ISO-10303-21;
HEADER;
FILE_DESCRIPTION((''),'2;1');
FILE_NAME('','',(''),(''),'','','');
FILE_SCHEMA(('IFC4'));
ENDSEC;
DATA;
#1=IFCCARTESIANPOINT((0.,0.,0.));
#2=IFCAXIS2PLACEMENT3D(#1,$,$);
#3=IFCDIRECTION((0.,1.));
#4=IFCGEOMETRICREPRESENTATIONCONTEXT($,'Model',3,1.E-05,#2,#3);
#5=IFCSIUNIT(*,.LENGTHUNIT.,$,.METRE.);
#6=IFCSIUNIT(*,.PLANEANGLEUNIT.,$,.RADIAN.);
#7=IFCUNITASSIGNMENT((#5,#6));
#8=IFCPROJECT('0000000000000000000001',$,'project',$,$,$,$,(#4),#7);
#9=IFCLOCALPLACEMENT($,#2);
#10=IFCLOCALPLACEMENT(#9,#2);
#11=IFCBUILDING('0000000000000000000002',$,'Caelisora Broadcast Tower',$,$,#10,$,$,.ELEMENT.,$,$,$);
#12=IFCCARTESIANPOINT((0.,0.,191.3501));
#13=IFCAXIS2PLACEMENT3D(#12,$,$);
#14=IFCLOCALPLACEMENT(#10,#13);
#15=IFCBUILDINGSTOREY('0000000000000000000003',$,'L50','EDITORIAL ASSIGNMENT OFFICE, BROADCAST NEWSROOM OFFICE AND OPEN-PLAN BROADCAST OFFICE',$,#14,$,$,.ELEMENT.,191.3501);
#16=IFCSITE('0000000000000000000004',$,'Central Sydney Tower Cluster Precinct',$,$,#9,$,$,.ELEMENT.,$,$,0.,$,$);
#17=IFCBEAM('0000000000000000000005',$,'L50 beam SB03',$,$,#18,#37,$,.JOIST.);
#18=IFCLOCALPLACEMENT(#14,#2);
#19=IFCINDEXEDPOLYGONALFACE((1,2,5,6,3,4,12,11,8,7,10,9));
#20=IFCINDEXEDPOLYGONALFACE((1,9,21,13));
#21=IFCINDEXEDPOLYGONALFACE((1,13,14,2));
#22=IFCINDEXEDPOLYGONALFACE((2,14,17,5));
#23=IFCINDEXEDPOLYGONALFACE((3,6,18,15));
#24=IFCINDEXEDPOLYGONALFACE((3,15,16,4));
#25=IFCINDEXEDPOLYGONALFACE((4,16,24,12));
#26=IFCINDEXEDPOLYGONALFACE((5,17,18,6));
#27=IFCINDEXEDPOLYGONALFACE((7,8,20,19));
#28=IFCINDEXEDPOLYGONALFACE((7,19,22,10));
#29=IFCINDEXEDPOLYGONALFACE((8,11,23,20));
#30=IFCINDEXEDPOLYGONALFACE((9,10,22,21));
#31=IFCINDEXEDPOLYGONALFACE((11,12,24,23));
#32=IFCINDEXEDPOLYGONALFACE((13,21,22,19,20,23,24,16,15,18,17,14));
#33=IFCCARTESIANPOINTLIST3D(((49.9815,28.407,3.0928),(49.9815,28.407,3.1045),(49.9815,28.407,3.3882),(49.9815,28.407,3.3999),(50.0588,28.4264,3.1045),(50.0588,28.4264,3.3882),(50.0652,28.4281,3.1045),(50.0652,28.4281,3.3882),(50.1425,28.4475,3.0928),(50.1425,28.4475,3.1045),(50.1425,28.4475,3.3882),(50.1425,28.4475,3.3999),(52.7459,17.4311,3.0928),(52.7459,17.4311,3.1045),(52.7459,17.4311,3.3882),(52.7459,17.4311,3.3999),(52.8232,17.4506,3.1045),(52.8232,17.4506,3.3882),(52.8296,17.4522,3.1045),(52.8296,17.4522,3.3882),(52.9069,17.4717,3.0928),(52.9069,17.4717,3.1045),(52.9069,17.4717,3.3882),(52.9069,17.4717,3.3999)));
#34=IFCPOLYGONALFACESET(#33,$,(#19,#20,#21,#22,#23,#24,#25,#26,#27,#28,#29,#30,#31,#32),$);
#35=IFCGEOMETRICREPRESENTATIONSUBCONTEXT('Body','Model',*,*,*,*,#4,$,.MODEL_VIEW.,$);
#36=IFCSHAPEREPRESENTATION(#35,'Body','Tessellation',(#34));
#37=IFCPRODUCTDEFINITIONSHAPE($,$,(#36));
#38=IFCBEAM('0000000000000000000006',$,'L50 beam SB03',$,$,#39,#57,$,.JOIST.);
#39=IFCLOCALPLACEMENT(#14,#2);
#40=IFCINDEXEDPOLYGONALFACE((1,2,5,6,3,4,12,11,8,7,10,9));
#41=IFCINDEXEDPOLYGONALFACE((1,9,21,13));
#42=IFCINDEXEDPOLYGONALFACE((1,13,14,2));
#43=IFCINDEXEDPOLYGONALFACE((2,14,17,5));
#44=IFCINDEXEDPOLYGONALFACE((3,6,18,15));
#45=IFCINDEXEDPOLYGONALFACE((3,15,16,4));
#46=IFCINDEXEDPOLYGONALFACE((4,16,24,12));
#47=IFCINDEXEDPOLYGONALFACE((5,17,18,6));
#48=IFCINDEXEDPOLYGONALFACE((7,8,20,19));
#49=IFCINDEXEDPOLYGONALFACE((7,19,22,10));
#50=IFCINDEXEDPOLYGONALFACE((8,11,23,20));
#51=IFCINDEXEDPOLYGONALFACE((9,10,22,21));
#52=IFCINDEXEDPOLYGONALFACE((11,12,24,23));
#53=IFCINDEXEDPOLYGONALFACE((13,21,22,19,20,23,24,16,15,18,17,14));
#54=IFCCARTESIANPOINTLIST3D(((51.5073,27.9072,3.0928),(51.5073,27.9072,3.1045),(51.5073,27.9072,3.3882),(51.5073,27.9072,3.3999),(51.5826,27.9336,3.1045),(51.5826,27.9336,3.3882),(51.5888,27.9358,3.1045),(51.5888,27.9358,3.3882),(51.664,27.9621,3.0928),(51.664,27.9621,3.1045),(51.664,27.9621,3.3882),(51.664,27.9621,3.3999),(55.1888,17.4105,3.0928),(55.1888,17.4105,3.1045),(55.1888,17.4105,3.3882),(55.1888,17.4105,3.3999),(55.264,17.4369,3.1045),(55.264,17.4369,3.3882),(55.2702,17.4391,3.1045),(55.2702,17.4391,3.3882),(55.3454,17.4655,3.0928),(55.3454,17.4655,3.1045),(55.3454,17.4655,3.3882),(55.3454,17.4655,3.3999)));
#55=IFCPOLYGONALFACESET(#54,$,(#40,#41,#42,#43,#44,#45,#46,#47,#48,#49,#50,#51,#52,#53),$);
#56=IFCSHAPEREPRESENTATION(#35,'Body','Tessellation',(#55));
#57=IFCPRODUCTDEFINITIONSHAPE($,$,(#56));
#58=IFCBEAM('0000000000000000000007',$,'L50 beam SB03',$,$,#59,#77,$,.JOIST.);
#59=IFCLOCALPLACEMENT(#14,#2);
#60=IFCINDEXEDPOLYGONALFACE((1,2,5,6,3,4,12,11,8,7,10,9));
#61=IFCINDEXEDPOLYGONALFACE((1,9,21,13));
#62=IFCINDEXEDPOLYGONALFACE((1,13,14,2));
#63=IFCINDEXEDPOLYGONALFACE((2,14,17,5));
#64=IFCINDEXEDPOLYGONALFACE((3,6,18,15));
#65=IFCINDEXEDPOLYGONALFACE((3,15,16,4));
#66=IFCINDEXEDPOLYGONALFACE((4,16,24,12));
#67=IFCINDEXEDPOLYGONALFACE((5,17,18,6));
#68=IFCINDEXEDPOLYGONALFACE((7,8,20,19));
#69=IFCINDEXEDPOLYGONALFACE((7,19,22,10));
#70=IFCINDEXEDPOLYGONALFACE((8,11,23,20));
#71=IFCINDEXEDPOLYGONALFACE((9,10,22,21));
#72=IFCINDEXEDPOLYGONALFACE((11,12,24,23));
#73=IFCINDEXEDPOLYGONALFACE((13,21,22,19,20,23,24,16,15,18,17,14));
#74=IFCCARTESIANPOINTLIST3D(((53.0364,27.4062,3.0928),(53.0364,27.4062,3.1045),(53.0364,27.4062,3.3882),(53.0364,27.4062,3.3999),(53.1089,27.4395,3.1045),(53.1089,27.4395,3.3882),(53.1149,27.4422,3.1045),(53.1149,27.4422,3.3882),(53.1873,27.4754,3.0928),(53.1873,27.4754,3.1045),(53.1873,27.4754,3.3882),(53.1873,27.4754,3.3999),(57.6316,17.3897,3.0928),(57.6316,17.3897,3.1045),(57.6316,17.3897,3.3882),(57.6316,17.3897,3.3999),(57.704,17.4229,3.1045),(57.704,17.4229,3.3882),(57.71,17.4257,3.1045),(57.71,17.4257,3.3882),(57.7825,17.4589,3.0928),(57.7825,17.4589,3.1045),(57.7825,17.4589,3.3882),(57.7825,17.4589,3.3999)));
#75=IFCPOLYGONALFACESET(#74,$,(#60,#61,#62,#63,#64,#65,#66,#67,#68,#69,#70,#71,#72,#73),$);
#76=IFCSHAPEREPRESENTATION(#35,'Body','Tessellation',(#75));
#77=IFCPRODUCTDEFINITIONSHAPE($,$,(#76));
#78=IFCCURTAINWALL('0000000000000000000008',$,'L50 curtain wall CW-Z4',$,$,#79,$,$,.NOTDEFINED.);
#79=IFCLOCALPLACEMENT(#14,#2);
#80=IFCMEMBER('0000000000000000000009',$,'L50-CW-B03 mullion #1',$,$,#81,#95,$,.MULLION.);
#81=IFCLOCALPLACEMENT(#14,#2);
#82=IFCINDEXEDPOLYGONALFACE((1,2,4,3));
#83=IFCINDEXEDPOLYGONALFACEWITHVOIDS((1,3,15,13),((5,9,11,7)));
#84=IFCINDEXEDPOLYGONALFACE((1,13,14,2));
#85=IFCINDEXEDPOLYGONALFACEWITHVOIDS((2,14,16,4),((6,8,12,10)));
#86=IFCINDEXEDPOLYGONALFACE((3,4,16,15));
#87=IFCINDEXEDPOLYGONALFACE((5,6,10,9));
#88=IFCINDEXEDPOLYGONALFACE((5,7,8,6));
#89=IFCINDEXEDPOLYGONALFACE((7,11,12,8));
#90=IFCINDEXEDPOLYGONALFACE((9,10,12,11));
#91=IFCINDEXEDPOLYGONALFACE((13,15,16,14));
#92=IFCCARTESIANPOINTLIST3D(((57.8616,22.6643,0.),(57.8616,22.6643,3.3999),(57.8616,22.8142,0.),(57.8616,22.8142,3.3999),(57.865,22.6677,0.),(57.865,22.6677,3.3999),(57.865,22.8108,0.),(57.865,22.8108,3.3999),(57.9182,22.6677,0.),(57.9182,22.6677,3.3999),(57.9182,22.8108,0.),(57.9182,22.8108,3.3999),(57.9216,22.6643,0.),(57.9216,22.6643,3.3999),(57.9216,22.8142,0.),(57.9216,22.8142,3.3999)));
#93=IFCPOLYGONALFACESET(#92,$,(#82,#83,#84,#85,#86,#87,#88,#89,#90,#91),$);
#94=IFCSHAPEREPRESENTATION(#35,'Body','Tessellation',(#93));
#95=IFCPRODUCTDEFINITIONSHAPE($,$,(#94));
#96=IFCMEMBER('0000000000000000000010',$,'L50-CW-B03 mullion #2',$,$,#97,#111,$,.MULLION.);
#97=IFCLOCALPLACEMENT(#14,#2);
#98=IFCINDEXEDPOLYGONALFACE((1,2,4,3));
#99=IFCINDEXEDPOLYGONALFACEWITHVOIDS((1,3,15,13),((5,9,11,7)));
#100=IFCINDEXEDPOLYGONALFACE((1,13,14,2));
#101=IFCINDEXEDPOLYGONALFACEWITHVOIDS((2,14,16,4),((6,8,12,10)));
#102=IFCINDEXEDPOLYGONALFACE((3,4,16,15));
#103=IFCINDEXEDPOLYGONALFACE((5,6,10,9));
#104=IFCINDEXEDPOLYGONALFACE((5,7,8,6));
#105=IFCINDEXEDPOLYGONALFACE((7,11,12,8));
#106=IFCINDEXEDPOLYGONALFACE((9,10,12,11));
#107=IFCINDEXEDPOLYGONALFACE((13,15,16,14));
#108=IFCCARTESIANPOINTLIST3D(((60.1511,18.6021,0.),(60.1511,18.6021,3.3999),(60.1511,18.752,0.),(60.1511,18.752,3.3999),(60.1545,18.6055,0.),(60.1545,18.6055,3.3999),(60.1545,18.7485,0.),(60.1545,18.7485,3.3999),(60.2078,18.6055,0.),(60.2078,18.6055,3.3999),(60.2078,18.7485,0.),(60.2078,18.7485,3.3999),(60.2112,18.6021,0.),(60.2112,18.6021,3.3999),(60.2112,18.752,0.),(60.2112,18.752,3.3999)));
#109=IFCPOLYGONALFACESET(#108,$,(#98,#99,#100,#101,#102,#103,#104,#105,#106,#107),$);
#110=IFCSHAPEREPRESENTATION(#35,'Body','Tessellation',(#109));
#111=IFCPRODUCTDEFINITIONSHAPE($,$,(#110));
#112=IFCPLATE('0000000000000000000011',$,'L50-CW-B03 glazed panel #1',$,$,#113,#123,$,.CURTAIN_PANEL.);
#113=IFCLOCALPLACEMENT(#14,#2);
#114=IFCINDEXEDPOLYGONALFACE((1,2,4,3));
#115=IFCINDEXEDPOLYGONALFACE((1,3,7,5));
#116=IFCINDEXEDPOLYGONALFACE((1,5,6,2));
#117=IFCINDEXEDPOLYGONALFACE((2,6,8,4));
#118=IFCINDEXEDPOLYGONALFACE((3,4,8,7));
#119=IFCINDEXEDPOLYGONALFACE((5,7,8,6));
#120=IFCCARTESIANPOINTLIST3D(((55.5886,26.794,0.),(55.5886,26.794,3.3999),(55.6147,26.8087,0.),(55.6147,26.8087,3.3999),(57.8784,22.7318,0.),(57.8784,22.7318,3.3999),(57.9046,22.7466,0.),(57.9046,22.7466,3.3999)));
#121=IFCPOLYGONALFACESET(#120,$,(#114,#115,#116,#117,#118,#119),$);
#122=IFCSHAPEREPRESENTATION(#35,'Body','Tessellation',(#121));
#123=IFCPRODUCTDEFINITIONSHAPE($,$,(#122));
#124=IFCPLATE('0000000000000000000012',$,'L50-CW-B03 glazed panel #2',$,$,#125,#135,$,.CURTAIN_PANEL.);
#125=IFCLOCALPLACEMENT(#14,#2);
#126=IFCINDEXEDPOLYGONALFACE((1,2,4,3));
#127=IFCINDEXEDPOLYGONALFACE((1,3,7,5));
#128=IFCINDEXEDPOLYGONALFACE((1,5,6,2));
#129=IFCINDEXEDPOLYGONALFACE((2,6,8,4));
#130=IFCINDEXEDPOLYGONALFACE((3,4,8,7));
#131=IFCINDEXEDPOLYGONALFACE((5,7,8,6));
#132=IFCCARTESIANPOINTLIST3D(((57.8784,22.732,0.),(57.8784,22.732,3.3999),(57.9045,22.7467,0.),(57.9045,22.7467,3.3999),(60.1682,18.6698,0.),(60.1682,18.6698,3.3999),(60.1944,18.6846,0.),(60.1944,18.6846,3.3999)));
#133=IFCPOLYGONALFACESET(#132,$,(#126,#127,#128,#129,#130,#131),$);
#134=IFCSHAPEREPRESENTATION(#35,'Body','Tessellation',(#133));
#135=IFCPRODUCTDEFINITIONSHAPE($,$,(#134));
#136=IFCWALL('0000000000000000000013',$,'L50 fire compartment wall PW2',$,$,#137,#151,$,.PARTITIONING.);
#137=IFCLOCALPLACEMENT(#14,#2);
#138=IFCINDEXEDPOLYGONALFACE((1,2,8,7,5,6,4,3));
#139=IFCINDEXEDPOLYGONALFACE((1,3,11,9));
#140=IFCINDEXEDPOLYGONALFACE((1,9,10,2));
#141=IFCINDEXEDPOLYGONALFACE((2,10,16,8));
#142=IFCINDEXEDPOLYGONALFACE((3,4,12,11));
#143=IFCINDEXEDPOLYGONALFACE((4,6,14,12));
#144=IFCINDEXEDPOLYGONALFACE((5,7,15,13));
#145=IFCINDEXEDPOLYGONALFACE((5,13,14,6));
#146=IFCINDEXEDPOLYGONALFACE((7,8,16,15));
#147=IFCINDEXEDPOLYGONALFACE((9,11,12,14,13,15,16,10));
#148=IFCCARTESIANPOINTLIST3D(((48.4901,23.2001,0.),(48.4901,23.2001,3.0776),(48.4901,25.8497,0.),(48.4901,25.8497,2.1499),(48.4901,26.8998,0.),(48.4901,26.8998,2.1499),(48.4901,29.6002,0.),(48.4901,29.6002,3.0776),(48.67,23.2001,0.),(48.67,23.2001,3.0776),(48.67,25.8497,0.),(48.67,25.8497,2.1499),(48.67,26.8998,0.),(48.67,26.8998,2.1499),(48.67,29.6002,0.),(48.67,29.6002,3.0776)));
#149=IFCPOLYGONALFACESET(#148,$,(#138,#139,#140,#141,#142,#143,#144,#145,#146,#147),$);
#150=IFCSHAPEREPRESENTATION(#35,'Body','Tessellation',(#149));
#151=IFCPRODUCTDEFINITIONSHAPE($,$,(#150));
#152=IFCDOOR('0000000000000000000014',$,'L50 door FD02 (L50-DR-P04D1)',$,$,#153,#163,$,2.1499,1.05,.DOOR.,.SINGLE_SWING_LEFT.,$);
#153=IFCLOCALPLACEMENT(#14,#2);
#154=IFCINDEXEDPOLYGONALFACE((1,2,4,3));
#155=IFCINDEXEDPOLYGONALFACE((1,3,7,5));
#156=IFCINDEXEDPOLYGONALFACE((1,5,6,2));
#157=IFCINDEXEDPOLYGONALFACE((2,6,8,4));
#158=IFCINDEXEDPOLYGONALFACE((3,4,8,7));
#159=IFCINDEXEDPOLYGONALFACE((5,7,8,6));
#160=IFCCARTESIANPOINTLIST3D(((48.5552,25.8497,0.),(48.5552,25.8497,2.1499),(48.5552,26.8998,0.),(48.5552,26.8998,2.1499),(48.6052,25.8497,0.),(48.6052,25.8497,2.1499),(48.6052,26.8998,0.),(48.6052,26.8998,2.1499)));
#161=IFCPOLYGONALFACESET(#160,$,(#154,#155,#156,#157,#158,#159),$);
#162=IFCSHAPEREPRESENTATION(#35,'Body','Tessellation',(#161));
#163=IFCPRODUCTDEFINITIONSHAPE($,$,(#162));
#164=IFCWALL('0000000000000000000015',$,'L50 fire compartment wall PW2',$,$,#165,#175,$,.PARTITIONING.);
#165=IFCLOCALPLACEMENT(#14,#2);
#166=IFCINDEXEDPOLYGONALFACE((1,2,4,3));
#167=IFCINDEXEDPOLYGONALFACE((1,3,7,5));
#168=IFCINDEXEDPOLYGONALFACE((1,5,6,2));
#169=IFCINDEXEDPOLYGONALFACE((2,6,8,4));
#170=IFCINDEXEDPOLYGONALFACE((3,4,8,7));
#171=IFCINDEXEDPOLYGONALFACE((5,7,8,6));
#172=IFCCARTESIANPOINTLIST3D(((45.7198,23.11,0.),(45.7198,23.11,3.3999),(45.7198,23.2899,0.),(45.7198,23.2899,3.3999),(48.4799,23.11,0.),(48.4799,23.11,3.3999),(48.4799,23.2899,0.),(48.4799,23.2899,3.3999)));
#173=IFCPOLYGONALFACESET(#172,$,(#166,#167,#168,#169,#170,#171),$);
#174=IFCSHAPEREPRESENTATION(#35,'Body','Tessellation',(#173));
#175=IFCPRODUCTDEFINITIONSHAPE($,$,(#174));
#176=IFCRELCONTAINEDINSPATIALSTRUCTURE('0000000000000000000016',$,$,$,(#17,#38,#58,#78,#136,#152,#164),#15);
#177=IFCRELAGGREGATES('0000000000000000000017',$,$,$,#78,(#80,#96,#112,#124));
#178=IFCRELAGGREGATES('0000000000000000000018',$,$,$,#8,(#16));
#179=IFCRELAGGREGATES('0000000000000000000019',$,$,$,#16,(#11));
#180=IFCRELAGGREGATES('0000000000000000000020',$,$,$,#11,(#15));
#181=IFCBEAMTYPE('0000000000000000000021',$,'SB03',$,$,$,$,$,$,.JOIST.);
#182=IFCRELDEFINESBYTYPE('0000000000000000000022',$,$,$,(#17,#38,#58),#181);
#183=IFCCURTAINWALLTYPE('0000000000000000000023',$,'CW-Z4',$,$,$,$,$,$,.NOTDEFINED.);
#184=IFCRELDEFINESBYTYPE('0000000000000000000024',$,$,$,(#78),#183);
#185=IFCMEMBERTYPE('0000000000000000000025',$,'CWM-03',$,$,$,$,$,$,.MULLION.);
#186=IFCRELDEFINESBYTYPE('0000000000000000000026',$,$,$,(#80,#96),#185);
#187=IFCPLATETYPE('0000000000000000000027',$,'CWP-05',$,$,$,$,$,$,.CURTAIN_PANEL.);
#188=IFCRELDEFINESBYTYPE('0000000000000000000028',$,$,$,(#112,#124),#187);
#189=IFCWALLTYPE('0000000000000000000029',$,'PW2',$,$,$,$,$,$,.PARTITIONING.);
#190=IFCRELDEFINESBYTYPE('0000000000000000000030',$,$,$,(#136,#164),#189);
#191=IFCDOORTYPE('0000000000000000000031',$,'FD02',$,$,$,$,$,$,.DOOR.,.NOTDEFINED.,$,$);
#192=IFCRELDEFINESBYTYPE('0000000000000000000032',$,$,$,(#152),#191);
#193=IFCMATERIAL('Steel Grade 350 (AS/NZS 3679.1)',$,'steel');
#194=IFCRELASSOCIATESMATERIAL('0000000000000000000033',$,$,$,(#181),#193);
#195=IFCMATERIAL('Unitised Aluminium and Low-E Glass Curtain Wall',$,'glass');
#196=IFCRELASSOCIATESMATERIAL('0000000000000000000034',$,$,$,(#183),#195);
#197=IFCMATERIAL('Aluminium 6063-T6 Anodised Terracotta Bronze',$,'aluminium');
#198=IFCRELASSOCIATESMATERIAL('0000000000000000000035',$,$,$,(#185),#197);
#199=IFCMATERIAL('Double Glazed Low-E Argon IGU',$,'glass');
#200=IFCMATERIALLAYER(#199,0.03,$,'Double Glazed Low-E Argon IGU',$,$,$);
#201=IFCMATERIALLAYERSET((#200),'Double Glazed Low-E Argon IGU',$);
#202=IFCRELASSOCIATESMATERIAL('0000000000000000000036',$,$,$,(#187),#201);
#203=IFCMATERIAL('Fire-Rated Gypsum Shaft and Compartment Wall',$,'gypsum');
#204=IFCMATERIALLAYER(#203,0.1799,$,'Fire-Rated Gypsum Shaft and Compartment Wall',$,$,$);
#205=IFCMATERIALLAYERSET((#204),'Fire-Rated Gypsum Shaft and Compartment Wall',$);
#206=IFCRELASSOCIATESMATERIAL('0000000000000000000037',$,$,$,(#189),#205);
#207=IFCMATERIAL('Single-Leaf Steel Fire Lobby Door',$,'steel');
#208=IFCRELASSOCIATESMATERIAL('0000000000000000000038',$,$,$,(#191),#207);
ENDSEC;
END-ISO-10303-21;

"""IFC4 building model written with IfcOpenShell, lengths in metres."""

from ifc_helpers import new_model, si_unit, direction, frame, frame_2d, origin, origin_2d, place, context, subcontext, project, spatial, rectangle, hollow_rectangle, i_section, extrude, source, transform, mapped, material, layer, layer_set, material_profile, profile_set, type_object, type_shapes, element, fill, aggregate, save


model = new_model("IFC4")

# Units and contexts
model_context = context("Model", 3, precision=1e-05, world=origin(), true_north=direction((0.0, 1.0)))
body_context = subcontext(model_context, "Body", "Model", "MODEL_VIEW")
ifc_project = project(units=[si_unit("LENGTHUNIT", "METRE"), si_unit("PLANEANGLEUNIT", "RADIAN")], contexts=[model_context])

# Site, building, storey
site_placement = place(None, origin())
site = spatial("IfcSite", under=ifc_project, at=site_placement, Name="Central Sydney Tower Cluster Precinct", CompositionType="ELEMENT", RefElevation=0.0)
building_placement = place(site_placement, origin())
building = spatial("IfcBuilding", under=site, at=building_placement, Name="Caelisora Broadcast Tower", CompositionType="ELEMENT")
storey_placement = place(building_placement, frame((0.0, 0.0, 191.3501)))
storey = spatial("IfcBuildingStorey", under=building, at=storey_placement, Name="L50", Description="EDITORIAL ASSIGNMENT OFFICE, BROADCAST NEWSROOM OFFICE AND OPEN-PLAN BROADCAST OFFICE", CompositionType="ELEMENT", Elevation=191.3501)

# Beams
ifc_material_1 = material(Name="Steel Grade 350 (AS/NZS 3679.1)", Category="steel")
ifc_material_profile_1 = material_profile(ifc_material_1, i_section(OverallWidth=0.166, OverallDepth=0.3071, WebThickness=0.0066, FlangeThickness=0.0117, at=origin_2d()), Name="Steel Grade 350 (AS/NZS 3679.1)")
ifc_profile_set_1 = profile_set([ifc_material_profile_1], Name="Steel Grade 350 (AS/NZS 3679.1)")
beam_type_1 = type_object("IfcBeamType", Name="SB03", PredefinedType="JOIST", material=ifc_profile_set_1)
shared_shape_1 = source(origin(), body_context, "Body", "SweptSolid", [
    extrude(i_section(OverallWidth=0.166, OverallDepth=0.3071, WebThickness=0.0066, FlangeThickness=0.0117, at=origin_2d()), origin(), (0.0, 0.0, 1.0), 11.3186),
])
beam_1_placement = place(storey_placement, frame((52.8264, 17.4514, 3.2463), z_axis=(-0.244235, 0.969716, 0.0), x_axis=(-0.969716, -0.244235, 0.0)))
element("IfcBeam", 1, at=beam_1_placement, inside=storey, type_object=beam_type_1, Name="L50 beam SB03", PredefinedType="JOIST", context=body_context, shape_type="MappedRepresentation", body=[
    mapped(shared_shape_1, transform((0.0, 0.0, 0.0), scale=1.0)),
])
shared_shape_2 = source(origin(), body_context, "Body", "SweptSolid", [
    extrude(i_section(OverallWidth=0.166, OverallDepth=0.3071, WebThickness=0.0066, FlangeThickness=0.0117, at=origin_2d()), origin(), (0.0, 0.0, 1.0), 11.1235),
])
beam_2_placement = place(storey_placement, frame((55.2671, 17.438, 3.2463), z_axis=(-0.330958, 0.943645, 0.0), x_axis=(-0.943645, -0.330958, 0.0)))
element("IfcBeam", 2, at=beam_2_placement, inside=storey, type_object=beam_type_1, Name="L50 beam SB03", PredefinedType="JOIST", context=body_context, shape_type="MappedRepresentation", body=[
    mapped(shared_shape_2, transform((0.0, 0.0, 0.0), scale=1.0)),
])
shared_shape_3 = source(origin(), body_context, "Body", "SweptSolid", [
    extrude(i_section(OverallWidth=0.166, OverallDepth=0.3071, WebThickness=0.0066, FlangeThickness=0.0117, at=origin_2d()), origin(), (0.0, 0.0, 1.0), 11.0203),
])
beam_3_placement = place(storey_placement, frame((57.707, 17.4243, 3.2463), z_axis=(-0.416975, 0.908918, 0.0), x_axis=(-0.908918, -0.416975, 0.0)))
element("IfcBeam", 3, at=beam_3_placement, inside=storey, type_object=beam_type_1, Name="L50 beam SB03", PredefinedType="JOIST", context=body_context, shape_type="MappedRepresentation", body=[
    mapped(shared_shape_3, transform((0.0, 0.0, 0.0), scale=1.0)),
])

# Curtain wall, members, plates
ifc_material_2 = material(Name="Unitised Aluminium and Low-E Glass Curtain Wall", Category="glass")
curtain_wall_type = type_object("IfcCurtainWallType", Name="CW-Z4", PredefinedType="NOTDEFINED", material=ifc_material_2)
curtain_wall_placement = place(storey_placement, origin())
curtain_wall = element("IfcCurtainWall", 4, at=curtain_wall_placement, inside=storey, type_object=curtain_wall_type, Name="L50 curtain wall CW-Z4", PredefinedType="NOTDEFINED")
ifc_material_3 = material(Name="Aluminium 6063-T6 Anodised Terracotta Bronze", Category="aluminium")
ifc_material_profile_2 = material_profile(ifc_material_3, hollow_rectangle(XDim=0.0601, YDim=0.1499, WallThickness=0.0034, at=origin_2d()), Name="Aluminium 6063-T6 Anodised Terracotta Bronze")
ifc_profile_set_2 = profile_set([ifc_material_profile_2], Name="Aluminium 6063-T6 Anodised Terracotta Bronze")
member_type = type_object("IfcMemberType", Name="CWM-03", PredefinedType="MULLION", material=ifc_profile_set_2)
shared_shape_4 = source(origin(), body_context, "Body", "SweptSolid", [
    extrude(hollow_rectangle(XDim=0.0601, YDim=0.1499, WallThickness=0.0034, at=origin_2d()), origin(), (0.0, 0.0, 1.0), 3.3999),
])
type_shapes(member_type, [shared_shape_4])
member_1_placement = place(storey_placement, frame((57.8916, 22.7393, 0.0), z_axis=(0.0, 0.0, 1.0), x_axis=(1.0, 0.0, 0.0)))
member_1 = element("IfcMember", 5, at=member_1_placement, type_object=member_type, Name="L50-CW-B03 mullion #1", PredefinedType="MULLION", context=body_context, shape_type="MappedRepresentation", body=[
    mapped(shared_shape_4, transform((0.0, 0.0, 0.0), scale=1.0)),
])
member_2_placement = place(storey_placement, frame((60.1812, 18.677, 0.0), z_axis=(0.0, 0.0, 1.0), x_axis=(1.0, 0.0, 0.0)))
member_2 = element("IfcMember", 6, at=member_2_placement, type_object=member_type, Name="L50-CW-B03 mullion #2", PredefinedType="MULLION", context=body_context, shape_type="MappedRepresentation", body=[
    mapped(shared_shape_4, transform((0.0, 0.0, 0.0), scale=1.0)),
])
ifc_material_4 = material(Name="Double Glazed Low-E Argon IGU", Category="glass")
ifc_layer_1 = layer(ifc_material_4, 0.03, Name="Double Glazed Low-E Argon IGU")
ifc_layer_set_1 = layer_set([ifc_layer_1], Name="Double Glazed Low-E Argon IGU")
plate_type = type_object("IfcPlateType", Name="CWP-05", PredefinedType="CURTAIN_PANEL", material=ifc_layer_set_1)
shared_shape_5 = source(origin(), body_context, "Body", "SweptSolid", [
    extrude(rectangle(XDim=4.6631, YDim=0.03, at=origin_2d()), origin(), (0.0, 0.0, 1.0), 3.3999),
])
type_shapes(plate_type, [shared_shape_5])
plate_1_placement = place(storey_placement, frame((56.7466, 24.7703, 0.0), z_axis=(0.0, 0.0, 1.0), x_axis=(0.491056, -0.871128, 0.0)))
plate_1 = element("IfcPlate", 7, at=plate_1_placement, type_object=plate_type, Name="L50-CW-B03 glazed panel #1", PredefinedType="CURTAIN_PANEL", context=body_context, shape_type="MappedRepresentation", body=[
    mapped(shared_shape_5, transform((0.0, 0.0, 0.0), scale=1.0)),
])
plate_2_placement = place(storey_placement, frame((59.0364, 20.7083, 0.0), z_axis=(0.0, 0.0, 1.0), x_axis=(0.491056, -0.871128, 0.0)))
plate_2 = element("IfcPlate", 8, at=plate_2_placement, type_object=plate_type, Name="L50-CW-B03 glazed panel #2", PredefinedType="CURTAIN_PANEL", context=body_context, shape_type="MappedRepresentation", body=[
    mapped(shared_shape_5, transform((0.0, 0.0, 0.0), scale=1.0)),
])
aggregate(curtain_wall, [member_1, member_2, plate_1, plate_2])

# Wall, opening, door
ifc_material_5 = material(Name="Fire-Rated Gypsum Shaft and Compartment Wall", Category="gypsum")
ifc_layer_2 = layer(ifc_material_5, 0.1799, Name="Fire-Rated Gypsum Shaft and Compartment Wall")
ifc_layer_set_2 = layer_set([ifc_layer_2], Name="Fire-Rated Gypsum Shaft and Compartment Wall")
wall_type_1 = type_object("IfcWallType", Name="PW2", PredefinedType="PARTITIONING", material=ifc_layer_set_2)
wall_1_placement = place(storey_placement, frame((48.5801, 23.2, 0.0), z_axis=(0.0, 0.0, 1.0), x_axis=(0.0, 1.0, 0.0)))
wall_1 = element("IfcWall", 9, at=wall_1_placement, inside=storey, type_object=wall_type_1, Name="L50 fire compartment wall PW2", PredefinedType="PARTITIONING", context=body_context, shape_type="SweptSolid", body=[
    extrude(rectangle(XDim=6.4001, YDim=0.1799, at=frame_2d((3.2002, 0.0))), origin(), (0.0, 0.0, 1.0), 3.0776),
])
opening_1_placement = place(wall_1_placement, frame((2.6499, 0.0, 0.0)))
opening_1 = element("IfcOpeningElement", 10, at=opening_1_placement, cuts=wall_1, PredefinedType="OPENING", context=body_context, shape_type="SweptSolid", body=[
    extrude(rectangle(XDim=1.05, YDim=2.1499, at=frame_2d((0.5249, 1.075))), frame((0.0, 0.1021, 0.0), z_axis=(0.0, -1.0, 0.0), x_axis=(1.0, 0.0, 0.0)), (0.0, 0.0, 1.0), 0.2039),
])
ifc_material_6 = material(Name="Single-Leaf Steel Fire Lobby Door", Category="steel")
door_type_1 = type_object("IfcDoorType", Name="FD02", OperationType="NOTDEFINED", PredefinedType="DOOR", material=ifc_material_6)
door_1_placement = place(opening_1_placement, origin())
door_1 = element("IfcDoor", 11, at=door_1_placement, inside=storey, type_object=door_type_1, Name="L50 door FD02 (L50-DR-P04D1)", OperationType="SINGLE_SWING_LEFT", OverallHeight=2.1499, OverallWidth=1.05, PredefinedType="DOOR", context=body_context, shape_type="SweptSolid", body=[
    extrude(rectangle(XDim=1.05, YDim=2.1499, at=frame_2d((0.5249, 1.075))), frame((0.0, 0.0249, 0.0), z_axis=(0.0, -1.0, 0.0), x_axis=(1.0, 0.0, 0.0)), (0.0, 0.0, 1.0), 0.05),
])
fill(opening_1, door_1)

# Wall
wall_2_placement = place(storey_placement, frame((45.72, 23.2, 0.0), z_axis=(0.0, 0.0, 1.0), x_axis=(1.0, 0.0, 0.0)))
element("IfcWall", 12, at=wall_2_placement, inside=storey, type_object=wall_type_1, Name="L50 fire compartment wall PW2", PredefinedType="PARTITIONING", context=body_context, shape_type="SweptSolid", body=[
    extrude(rectangle(XDim=2.76, YDim=0.1799, at=frame_2d((1.3799, 0.0))), origin(), (0.0, 0.0, 1.0), 3.3999),
])

save(model, "model.ifc")
